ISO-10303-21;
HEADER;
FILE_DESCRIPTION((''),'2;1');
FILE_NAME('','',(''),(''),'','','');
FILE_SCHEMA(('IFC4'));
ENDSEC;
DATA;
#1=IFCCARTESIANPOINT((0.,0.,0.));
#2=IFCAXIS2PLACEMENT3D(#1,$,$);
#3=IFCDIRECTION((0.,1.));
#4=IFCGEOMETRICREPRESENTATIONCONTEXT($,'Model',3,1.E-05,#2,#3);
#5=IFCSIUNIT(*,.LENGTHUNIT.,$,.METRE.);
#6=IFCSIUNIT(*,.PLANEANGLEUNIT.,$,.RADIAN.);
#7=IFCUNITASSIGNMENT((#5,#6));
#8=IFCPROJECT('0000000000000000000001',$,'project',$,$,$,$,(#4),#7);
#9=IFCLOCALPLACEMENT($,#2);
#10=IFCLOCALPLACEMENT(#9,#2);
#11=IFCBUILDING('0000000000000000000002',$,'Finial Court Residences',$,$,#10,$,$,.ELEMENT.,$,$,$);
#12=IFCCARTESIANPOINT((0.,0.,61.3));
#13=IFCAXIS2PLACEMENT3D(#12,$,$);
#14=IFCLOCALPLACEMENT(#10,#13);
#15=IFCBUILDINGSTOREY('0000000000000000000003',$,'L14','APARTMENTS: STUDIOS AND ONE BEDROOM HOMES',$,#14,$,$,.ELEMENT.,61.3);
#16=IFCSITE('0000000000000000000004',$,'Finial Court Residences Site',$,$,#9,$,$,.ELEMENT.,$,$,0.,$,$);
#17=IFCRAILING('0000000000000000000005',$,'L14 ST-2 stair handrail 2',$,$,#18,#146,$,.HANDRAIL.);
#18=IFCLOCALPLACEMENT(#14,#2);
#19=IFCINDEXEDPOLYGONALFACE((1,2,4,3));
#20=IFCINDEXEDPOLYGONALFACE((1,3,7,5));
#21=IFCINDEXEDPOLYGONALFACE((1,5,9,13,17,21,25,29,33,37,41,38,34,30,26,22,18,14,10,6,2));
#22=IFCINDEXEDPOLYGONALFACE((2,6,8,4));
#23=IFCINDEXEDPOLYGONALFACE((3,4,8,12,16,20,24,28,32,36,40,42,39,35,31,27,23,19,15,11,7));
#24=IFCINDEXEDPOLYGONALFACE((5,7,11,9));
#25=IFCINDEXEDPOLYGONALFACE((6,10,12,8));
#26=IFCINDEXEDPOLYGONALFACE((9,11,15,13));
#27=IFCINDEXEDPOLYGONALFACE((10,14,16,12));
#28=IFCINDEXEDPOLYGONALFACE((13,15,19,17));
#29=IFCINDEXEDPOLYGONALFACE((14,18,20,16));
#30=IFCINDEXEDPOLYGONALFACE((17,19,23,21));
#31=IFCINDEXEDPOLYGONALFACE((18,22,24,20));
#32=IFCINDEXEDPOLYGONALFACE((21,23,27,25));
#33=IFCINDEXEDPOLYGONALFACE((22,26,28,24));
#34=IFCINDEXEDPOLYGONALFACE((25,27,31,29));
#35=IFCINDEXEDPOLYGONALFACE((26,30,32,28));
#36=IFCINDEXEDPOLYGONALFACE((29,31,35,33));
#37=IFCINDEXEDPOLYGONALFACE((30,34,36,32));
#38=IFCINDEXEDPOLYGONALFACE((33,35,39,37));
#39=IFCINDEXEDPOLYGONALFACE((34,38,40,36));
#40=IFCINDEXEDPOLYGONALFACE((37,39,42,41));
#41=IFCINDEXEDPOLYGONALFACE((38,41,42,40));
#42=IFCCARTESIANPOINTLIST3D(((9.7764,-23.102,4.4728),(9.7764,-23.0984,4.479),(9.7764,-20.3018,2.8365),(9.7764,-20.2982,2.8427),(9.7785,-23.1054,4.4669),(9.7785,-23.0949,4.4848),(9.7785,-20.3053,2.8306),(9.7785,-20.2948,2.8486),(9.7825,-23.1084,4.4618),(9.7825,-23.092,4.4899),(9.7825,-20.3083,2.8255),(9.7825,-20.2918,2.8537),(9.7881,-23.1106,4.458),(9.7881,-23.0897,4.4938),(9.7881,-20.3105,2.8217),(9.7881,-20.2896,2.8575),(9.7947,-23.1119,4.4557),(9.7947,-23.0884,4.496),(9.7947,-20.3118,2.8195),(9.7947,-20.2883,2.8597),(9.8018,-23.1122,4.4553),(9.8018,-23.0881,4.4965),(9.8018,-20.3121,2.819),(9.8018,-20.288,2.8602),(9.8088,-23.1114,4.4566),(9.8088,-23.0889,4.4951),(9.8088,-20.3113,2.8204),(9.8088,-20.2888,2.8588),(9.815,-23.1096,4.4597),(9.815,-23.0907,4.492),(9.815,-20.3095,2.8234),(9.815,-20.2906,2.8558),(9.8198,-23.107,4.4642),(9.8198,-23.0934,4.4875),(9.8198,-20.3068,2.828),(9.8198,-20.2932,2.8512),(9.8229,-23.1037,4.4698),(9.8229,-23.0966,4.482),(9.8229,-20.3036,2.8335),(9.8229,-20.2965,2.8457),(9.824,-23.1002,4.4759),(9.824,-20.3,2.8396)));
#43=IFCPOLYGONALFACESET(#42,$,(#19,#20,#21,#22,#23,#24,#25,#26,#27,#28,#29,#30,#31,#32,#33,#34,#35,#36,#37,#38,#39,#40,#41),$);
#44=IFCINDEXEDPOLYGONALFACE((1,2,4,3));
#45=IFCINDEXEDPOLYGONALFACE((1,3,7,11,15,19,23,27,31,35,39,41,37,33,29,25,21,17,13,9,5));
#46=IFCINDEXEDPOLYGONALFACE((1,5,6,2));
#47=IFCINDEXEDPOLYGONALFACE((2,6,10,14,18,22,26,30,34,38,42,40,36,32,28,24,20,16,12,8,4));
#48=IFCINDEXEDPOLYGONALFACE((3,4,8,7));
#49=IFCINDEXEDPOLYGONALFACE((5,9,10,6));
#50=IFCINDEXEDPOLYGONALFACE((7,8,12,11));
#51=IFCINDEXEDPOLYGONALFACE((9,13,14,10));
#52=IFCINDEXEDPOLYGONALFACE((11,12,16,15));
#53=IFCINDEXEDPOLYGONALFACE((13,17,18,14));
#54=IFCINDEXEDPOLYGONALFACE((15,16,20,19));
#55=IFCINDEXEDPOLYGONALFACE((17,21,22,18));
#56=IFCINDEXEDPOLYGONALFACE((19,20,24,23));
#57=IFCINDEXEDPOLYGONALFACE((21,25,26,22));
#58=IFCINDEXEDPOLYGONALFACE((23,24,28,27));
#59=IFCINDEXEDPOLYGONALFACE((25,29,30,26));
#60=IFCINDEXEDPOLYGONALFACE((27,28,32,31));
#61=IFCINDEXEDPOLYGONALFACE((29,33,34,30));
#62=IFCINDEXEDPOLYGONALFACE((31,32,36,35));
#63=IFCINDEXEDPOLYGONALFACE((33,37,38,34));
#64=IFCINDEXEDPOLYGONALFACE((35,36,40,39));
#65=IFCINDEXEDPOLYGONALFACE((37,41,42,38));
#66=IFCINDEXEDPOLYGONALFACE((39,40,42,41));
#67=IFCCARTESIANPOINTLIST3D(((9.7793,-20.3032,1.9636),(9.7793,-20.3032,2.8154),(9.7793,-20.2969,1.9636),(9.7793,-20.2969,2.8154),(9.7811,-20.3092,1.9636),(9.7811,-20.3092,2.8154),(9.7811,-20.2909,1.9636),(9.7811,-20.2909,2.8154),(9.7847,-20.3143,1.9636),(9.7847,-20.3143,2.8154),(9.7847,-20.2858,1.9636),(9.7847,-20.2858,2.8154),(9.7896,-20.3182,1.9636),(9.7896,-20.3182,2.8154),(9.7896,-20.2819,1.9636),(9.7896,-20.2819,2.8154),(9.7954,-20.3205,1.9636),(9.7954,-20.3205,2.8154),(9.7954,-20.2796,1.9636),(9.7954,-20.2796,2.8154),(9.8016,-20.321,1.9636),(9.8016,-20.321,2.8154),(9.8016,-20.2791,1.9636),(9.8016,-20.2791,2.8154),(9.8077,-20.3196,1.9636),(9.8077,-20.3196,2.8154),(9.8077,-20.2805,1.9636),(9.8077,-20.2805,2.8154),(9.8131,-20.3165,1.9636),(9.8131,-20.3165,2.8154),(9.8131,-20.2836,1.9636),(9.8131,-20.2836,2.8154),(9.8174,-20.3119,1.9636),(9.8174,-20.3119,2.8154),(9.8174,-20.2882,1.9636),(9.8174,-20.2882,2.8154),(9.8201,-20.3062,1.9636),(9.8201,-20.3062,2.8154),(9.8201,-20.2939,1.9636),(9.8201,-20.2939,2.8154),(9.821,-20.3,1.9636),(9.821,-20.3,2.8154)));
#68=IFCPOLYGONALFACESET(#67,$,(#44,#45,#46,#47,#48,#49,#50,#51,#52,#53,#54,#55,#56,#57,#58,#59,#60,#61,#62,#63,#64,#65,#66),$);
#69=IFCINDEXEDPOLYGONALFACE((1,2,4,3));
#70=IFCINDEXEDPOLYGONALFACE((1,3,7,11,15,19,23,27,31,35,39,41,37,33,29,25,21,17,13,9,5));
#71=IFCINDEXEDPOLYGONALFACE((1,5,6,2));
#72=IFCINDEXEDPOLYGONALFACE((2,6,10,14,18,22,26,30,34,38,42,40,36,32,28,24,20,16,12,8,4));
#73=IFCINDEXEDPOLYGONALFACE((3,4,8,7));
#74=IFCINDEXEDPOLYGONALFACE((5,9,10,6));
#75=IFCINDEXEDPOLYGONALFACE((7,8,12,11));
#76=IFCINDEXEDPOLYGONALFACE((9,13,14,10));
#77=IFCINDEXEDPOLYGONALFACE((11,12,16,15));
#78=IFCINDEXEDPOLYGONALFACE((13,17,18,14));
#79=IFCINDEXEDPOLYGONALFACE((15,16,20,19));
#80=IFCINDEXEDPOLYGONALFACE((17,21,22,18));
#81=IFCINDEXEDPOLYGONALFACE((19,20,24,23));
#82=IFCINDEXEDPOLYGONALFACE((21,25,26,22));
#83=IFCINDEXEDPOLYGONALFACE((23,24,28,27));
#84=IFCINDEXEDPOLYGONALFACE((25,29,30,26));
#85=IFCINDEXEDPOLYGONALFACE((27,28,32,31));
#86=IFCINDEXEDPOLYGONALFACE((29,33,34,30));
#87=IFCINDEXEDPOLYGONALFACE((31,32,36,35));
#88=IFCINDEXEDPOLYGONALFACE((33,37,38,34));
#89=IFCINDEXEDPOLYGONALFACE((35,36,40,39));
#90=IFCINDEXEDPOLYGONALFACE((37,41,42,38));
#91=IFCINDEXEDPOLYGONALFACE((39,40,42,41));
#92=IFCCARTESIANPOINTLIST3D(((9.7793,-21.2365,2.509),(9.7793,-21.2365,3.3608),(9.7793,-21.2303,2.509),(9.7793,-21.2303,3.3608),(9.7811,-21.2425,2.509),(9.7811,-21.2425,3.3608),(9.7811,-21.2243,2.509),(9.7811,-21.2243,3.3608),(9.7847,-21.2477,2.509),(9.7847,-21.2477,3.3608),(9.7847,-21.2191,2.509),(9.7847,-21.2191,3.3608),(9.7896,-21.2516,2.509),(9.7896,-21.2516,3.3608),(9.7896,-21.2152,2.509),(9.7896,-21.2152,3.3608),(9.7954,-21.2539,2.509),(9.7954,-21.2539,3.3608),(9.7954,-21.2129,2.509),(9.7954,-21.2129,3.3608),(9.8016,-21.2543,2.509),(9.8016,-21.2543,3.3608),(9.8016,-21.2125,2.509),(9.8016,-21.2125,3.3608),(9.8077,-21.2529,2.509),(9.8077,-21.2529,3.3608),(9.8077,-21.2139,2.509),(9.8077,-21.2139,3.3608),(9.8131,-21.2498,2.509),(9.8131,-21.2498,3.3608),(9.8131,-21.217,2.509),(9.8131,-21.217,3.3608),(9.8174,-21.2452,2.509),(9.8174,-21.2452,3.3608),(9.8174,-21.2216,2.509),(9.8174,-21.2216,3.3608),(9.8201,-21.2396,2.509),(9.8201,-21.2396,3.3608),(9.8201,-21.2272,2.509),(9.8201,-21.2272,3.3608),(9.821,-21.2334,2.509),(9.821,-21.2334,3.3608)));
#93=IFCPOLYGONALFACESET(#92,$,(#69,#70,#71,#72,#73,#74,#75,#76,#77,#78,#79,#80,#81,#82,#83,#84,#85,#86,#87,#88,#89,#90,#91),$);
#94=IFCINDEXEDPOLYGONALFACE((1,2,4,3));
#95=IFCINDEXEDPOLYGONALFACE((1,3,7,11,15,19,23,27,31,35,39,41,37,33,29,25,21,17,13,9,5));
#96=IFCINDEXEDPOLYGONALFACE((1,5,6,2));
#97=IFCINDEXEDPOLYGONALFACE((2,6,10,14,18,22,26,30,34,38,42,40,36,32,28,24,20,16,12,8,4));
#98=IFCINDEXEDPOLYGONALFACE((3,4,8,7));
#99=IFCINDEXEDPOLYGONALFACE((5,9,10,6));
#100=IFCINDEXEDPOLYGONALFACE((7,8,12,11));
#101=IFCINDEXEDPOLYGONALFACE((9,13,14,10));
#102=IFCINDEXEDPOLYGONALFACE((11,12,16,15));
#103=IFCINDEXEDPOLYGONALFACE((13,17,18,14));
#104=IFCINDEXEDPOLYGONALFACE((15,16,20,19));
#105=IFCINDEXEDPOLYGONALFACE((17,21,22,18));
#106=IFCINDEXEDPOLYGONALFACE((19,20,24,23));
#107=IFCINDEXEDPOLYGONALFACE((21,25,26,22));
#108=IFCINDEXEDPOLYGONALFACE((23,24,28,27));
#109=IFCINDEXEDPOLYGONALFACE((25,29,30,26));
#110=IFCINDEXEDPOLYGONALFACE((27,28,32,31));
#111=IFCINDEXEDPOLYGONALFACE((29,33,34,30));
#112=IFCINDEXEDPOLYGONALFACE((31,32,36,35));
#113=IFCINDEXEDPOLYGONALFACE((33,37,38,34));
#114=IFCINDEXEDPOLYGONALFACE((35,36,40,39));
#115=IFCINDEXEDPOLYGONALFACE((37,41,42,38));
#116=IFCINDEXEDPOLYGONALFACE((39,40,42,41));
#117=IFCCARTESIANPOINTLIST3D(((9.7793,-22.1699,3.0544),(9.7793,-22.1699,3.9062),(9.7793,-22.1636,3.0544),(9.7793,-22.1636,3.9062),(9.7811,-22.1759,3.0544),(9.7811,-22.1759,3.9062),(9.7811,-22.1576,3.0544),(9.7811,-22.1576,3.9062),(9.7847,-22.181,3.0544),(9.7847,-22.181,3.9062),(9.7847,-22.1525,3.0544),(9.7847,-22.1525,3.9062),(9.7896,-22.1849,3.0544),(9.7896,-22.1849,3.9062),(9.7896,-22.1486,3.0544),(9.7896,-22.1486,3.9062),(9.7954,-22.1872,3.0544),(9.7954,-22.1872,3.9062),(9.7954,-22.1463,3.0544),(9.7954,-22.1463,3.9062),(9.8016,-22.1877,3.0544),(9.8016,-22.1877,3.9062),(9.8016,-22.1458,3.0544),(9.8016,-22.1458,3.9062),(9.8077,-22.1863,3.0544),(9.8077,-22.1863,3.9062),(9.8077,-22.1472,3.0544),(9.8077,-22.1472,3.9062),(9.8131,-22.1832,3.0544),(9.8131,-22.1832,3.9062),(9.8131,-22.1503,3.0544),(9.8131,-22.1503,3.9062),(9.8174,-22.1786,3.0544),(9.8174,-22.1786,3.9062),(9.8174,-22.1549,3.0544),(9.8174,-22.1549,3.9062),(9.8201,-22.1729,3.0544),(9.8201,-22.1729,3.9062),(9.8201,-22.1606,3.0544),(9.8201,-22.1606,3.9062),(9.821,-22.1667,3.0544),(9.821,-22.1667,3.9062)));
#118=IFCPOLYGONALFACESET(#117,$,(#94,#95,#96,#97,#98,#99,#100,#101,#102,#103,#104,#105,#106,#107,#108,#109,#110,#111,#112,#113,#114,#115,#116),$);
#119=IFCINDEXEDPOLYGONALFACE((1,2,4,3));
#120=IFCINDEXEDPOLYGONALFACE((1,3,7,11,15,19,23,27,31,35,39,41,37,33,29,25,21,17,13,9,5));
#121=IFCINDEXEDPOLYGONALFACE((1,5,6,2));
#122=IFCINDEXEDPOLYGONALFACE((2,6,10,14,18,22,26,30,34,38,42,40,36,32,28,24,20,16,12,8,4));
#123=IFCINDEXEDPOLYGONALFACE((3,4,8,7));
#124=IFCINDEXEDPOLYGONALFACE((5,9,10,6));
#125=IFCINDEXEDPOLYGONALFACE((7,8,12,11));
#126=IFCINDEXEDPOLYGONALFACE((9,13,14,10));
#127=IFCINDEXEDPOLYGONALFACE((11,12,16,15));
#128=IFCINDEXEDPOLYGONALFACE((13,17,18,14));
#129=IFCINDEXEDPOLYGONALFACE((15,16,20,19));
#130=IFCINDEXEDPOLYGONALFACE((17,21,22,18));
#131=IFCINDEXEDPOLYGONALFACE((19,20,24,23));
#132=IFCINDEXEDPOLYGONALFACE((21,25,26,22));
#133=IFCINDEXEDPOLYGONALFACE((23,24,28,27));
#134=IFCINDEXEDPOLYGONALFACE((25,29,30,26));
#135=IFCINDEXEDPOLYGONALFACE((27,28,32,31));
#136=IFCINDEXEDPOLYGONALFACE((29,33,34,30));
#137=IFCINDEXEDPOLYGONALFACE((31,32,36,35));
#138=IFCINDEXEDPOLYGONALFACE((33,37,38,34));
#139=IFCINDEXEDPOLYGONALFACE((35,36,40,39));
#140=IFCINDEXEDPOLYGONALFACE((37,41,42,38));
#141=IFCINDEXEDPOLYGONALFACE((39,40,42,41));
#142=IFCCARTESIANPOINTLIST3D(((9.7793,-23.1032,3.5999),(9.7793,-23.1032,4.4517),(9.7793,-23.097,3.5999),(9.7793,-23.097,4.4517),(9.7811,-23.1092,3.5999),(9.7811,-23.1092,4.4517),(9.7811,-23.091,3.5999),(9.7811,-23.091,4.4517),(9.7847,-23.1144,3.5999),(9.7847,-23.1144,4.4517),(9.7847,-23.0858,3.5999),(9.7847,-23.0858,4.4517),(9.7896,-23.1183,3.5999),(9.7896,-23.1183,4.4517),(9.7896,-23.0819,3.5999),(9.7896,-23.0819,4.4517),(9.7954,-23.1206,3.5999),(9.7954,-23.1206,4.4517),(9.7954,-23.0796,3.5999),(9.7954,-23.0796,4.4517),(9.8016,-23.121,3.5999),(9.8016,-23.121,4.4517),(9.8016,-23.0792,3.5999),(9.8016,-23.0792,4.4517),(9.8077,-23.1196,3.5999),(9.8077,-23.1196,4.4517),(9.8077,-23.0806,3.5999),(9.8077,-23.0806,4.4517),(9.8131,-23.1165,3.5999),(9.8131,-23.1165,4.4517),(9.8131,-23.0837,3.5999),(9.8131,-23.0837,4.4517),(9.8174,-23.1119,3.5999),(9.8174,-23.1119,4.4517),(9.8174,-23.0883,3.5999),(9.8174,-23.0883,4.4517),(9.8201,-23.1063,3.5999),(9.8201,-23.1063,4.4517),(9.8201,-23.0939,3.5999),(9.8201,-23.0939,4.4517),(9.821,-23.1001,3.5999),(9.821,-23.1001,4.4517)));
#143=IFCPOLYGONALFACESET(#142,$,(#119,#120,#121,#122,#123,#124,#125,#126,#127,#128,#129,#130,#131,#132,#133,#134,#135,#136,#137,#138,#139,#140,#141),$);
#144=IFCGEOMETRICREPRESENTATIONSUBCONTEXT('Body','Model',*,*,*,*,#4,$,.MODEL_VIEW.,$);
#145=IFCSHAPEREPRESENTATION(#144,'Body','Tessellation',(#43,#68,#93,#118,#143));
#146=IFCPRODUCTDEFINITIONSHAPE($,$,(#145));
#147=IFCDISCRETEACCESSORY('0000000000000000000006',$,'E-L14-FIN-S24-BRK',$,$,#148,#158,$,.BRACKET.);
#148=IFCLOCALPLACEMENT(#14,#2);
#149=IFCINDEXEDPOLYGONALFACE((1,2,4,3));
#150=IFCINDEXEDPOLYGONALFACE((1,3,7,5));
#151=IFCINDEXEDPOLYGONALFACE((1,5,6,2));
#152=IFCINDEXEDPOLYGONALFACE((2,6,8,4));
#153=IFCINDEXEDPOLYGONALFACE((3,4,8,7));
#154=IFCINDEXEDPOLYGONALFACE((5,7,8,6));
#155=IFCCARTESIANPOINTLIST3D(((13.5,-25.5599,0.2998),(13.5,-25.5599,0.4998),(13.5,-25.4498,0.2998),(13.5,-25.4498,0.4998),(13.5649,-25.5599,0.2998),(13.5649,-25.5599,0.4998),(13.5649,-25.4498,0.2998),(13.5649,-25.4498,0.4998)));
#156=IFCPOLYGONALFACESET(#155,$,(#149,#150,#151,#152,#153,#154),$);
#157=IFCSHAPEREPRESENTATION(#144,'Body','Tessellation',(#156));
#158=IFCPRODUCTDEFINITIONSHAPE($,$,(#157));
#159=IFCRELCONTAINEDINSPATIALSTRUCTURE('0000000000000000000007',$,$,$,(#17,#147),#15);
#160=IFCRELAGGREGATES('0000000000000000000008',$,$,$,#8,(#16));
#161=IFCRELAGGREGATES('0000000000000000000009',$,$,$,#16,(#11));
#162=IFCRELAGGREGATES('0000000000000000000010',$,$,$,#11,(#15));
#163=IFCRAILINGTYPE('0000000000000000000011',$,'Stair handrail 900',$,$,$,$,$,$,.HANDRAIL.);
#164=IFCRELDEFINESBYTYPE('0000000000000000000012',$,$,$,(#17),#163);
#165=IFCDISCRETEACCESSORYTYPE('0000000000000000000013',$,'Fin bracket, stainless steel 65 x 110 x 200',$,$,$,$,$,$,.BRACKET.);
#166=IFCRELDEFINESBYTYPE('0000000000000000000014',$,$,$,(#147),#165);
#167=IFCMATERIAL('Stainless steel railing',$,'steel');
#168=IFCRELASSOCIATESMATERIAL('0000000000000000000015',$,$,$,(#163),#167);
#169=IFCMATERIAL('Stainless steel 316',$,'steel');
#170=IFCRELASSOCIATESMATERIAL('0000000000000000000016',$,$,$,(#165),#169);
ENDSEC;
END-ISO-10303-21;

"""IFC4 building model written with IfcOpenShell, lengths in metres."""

from ifc_helpers import new_model, si_unit, direction, frame, origin, origin_2d, place, context, subcontext, project, spatial, rectangle, circle, extrude, material, type_object, element, save


model = new_model("IFC4")

# Units and contexts
model_context = context("Model", 3, precision=1e-05, world=origin(), true_north=direction((0.0, 1.0)))
body_context = subcontext(model_context, "Body", "Model", "MODEL_VIEW")
ifc_project = project(units=[si_unit("LENGTHUNIT", "METRE"), si_unit("PLANEANGLEUNIT", "RADIAN")], contexts=[model_context])

# Site, building, storey
site_placement = place(None, origin())
site = spatial("IfcSite", under=ifc_project, at=site_placement, Name="Finial Court Residences Site", CompositionType="ELEMENT", RefElevation=0.0)
building_placement = place(site_placement, origin())
building = spatial("IfcBuilding", under=site, at=building_placement, Name="Finial Court Residences", CompositionType="ELEMENT")
storey_placement = place(building_placement, frame((0.0, 0.0, 61.3)))
storey = spatial("IfcBuildingStorey", under=building, at=storey_placement, Name="L14", Description="APARTMENTS: STUDIOS AND ONE BEDROOM HOMES", CompositionType="ELEMENT", Elevation=61.3)

# Railing
ifc_material_1 = material(Name="Stainless steel railing", Category="steel")
railing_type_1 = type_object("IfcRailingType", Name="Stair handrail 900", PredefinedType="HANDRAIL", material=ifc_material_1)
railing_1_placement = place(storey_placement, frame((9.8, -20.3, 1.9636)))
element("IfcRailing", 1, at=railing_1_placement, inside=storey, type_object=railing_type_1, Name="L14 ST-2 stair handrail 2", PredefinedType="HANDRAIL", context=body_context, shape_type="SweptSolid", body=[
    extrude(circle(Radius=0.0239, at=origin_2d()), frame((0.0, 0.0, 0.876), z_axis=(0.0, -0.863394, 0.504531), x_axis=(1.0, 0.0, 0.0)), (0.0, 0.0, 1.0), 3.2432),
    extrude(circle(Radius=0.021, at=origin_2d()), origin(), (0.0, 0.0, 1.0), 0.8518),
    extrude(circle(Radius=0.021, at=origin_2d()), frame((0.0, -0.9333, 0.5454)), (0.0, 0.0, 1.0), 0.8518),
    extrude(circle(Radius=0.021, at=origin_2d()), frame((0.0, -1.8667, 1.0908)), (0.0, 0.0, 1.0), 0.8518),
    extrude(circle(Radius=0.021, at=origin_2d()), frame((0.0, -2.8, 1.6362)), (0.0, 0.0, 1.0), 0.8518),
])

# Discrete accessory
ifc_material_2 = material(Name="Stainless steel 316", Category="steel")
discrete_accessory_type = type_object("IfcDiscreteAccessoryType", Name="Fin bracket, stainless steel 65 x 110 x 200", PredefinedType="BRACKET", material=ifc_material_2)
discrete_accessory_placement = place(storey_placement, frame((13.5325, -25.5049, 0.2998), z_axis=(0.0, 0.0, 1.0), x_axis=(1.0, 0.0, 0.0)))
element("IfcDiscreteAccessory", 2, at=discrete_accessory_placement, inside=storey, type_object=discrete_accessory_type, Name="E-L14-FIN-S24-BRK", PredefinedType="BRACKET", context=body_context, shape_type="SweptSolid", body=[
    extrude(rectangle(XDim=0.0649, YDim=0.1101, at=origin_2d()), origin(), (0.0, 0.0, 1.0), 0.2),
])

save(model, "model.ifc")
